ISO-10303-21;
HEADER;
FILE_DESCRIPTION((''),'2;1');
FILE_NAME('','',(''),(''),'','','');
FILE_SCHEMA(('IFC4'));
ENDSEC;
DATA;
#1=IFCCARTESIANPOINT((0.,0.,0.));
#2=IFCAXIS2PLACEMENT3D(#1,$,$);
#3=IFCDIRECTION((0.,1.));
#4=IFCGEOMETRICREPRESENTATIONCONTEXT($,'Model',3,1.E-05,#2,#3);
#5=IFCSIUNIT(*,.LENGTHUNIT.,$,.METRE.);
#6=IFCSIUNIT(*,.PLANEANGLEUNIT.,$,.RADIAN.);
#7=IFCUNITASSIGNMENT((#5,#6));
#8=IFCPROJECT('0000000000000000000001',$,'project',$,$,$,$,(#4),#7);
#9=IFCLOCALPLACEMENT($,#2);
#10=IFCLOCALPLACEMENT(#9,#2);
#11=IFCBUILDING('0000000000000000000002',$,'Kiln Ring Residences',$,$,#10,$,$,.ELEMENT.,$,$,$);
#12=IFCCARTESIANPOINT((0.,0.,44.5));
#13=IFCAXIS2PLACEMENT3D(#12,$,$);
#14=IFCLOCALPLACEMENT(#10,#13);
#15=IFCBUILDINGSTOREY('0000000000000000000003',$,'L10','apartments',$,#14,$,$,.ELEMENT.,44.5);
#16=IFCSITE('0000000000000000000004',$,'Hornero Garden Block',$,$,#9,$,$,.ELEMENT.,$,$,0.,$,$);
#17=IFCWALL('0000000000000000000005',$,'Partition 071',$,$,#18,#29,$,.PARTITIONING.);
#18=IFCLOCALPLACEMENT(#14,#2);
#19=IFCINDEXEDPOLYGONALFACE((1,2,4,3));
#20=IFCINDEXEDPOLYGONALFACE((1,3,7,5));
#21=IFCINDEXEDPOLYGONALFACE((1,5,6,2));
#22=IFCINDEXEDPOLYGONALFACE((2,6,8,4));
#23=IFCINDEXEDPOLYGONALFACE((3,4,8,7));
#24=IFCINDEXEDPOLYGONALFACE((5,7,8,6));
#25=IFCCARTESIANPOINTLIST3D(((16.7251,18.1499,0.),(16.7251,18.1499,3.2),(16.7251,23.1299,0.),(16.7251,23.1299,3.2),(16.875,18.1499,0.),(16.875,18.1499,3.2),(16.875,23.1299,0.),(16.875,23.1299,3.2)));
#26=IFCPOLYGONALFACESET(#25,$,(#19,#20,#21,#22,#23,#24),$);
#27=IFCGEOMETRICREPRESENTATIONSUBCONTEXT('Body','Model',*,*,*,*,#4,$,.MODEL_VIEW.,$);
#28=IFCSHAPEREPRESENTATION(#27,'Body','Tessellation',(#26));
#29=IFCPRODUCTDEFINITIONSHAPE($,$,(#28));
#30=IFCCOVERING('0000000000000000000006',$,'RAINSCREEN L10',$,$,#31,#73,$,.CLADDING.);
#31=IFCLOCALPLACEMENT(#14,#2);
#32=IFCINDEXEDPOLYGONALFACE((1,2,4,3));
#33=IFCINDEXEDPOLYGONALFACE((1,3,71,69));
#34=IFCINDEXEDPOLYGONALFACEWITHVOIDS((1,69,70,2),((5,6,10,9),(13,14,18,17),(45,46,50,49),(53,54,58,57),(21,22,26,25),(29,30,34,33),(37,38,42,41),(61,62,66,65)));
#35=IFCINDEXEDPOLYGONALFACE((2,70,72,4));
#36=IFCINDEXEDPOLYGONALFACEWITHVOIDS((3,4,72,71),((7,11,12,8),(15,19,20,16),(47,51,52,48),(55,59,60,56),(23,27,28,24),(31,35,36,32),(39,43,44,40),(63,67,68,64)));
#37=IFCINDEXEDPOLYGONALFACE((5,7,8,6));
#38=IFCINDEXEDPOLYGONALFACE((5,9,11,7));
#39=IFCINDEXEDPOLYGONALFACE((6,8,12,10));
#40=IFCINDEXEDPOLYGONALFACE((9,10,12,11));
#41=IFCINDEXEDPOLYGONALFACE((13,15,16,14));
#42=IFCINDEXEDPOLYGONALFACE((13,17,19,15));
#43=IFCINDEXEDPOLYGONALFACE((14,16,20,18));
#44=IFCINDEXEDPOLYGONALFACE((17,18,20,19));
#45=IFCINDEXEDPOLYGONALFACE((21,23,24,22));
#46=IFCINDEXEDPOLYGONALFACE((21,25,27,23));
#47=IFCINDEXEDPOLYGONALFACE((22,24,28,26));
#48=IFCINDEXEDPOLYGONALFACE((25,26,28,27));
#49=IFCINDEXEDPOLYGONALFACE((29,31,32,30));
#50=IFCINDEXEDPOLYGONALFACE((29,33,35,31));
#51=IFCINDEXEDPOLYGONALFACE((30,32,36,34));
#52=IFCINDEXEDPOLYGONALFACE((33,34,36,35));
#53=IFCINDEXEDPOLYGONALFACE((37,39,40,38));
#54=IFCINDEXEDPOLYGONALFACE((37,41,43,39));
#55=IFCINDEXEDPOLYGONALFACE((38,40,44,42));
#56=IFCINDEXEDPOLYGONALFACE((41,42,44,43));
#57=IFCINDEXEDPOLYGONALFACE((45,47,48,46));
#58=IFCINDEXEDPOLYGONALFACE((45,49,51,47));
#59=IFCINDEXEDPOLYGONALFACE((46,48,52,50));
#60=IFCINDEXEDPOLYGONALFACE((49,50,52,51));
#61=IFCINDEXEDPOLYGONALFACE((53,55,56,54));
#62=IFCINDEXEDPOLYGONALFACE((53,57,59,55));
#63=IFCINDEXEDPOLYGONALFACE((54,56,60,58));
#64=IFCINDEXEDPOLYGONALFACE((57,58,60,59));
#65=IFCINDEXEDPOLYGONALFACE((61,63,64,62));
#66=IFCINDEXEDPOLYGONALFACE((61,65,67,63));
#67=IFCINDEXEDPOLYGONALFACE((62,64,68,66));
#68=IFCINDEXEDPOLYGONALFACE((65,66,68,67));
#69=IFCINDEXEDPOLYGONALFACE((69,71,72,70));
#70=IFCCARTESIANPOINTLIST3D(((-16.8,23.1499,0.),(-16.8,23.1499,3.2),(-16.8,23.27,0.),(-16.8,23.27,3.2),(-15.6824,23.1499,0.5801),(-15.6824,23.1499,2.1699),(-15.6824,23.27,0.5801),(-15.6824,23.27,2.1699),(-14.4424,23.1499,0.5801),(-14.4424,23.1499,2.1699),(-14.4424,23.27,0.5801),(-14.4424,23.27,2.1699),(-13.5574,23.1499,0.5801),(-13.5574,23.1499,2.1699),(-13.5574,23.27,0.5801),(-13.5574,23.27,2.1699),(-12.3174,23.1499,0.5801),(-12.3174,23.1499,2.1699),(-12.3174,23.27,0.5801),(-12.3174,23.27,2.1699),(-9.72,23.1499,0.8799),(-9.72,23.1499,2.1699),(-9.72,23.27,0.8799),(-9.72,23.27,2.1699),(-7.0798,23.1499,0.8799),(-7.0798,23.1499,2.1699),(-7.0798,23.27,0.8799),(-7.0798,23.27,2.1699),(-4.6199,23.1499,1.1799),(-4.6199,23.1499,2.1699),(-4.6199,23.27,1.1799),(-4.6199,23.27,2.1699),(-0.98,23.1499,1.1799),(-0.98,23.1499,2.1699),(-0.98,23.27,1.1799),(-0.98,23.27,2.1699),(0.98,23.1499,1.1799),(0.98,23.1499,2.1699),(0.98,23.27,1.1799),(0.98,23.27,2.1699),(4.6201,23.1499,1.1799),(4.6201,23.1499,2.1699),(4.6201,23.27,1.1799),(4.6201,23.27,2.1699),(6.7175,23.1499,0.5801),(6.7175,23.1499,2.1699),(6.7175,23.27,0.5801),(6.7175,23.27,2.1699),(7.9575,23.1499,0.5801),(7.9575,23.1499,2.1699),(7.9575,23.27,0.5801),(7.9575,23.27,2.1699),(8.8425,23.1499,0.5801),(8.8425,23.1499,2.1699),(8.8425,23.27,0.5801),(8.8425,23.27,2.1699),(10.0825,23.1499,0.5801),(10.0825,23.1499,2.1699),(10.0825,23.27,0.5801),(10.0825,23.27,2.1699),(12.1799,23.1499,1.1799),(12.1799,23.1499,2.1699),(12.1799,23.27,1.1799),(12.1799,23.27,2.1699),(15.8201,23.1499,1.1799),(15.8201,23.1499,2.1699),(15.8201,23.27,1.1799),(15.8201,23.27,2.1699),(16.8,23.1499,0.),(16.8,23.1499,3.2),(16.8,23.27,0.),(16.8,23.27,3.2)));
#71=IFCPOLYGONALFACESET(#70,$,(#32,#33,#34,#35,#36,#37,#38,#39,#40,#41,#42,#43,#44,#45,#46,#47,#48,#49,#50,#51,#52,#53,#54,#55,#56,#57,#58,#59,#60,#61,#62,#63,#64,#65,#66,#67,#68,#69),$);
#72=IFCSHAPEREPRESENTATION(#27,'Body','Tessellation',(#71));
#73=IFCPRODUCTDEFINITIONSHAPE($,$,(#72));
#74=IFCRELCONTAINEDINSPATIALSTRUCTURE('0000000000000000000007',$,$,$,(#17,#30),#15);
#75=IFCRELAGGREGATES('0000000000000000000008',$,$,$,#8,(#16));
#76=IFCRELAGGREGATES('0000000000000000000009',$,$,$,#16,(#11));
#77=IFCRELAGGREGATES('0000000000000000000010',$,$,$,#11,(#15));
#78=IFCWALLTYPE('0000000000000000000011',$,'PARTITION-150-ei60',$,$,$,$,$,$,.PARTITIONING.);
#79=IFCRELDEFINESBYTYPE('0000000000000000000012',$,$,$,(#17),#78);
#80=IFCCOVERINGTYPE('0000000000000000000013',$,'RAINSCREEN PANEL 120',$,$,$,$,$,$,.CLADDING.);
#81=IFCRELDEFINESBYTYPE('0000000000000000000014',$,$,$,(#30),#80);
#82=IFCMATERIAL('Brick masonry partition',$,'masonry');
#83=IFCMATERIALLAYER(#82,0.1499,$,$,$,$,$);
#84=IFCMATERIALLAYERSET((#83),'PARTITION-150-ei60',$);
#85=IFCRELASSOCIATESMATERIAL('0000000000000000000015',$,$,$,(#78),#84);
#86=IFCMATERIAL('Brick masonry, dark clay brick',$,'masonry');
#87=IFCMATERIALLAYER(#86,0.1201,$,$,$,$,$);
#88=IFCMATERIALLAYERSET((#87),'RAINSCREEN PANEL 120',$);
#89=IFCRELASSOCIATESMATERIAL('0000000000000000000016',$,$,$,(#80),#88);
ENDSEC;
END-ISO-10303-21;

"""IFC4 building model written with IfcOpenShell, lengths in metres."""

from ifc_helpers import new_model, si_unit, direction, frame, frame_2d, origin, place, context, subcontext, project, spatial, polyline, rectangle, outline, extrude, material, layer, layer_set, type_object, element, save


model = new_model("IFC4")

# Units and contexts
model_context = context("Model", 3, precision=1e-05, world=origin(), true_north=direction((0.0, 1.0)))
body_context = subcontext(model_context, "Body", "Model", "MODEL_VIEW")
ifc_project = project(units=[si_unit("LENGTHUNIT", "METRE"), si_unit("PLANEANGLEUNIT", "RADIAN")], contexts=[model_context])

# Site, building, storey
site_placement = place(None, origin())
site = spatial("IfcSite", under=ifc_project, at=site_placement, Name="Hornero Garden Block", CompositionType="ELEMENT", RefElevation=0.0)
building_placement = place(site_placement, origin())
building = spatial("IfcBuilding", under=site, at=building_placement, Name="Kiln Ring Residences", CompositionType="ELEMENT")
storey_placement = place(building_placement, frame((0.0, 0.0, 44.5)))
storey = spatial("IfcBuildingStorey", under=building, at=storey_placement, Name="L10", Description="apartments", CompositionType="ELEMENT", Elevation=44.5)

# Wall
ifc_material_1 = material(Name="Brick masonry partition", Category="masonry")
ifc_layer_1 = layer(ifc_material_1, 0.1499)
ifc_layer_set_1 = layer_set([ifc_layer_1], Name="PARTITION-150-ei60")
wall_type_1 = type_object("IfcWallType", Name="PARTITION-150-ei60", PredefinedType="PARTITIONING", material=ifc_layer_set_1)
wall_1_placement = place(storey_placement, frame((16.8, 18.1499, 0.0), z_axis=(0.0, 0.0, 1.0), x_axis=(0.0, 1.0, 0.0)))
element("IfcWall", 1, at=wall_1_placement, inside=storey, type_object=wall_type_1, Name="Partition 071", PredefinedType="PARTITIONING", context=body_context, shape_type="SweptSolid", body=[
    extrude(rectangle(XDim=4.98, YDim=0.1499, at=frame_2d((2.49, 0.0))), origin(), (0.0, 0.0, 1.0), 3.2),
])

# Covering
ifc_material_2 = material(Name="Brick masonry, dark clay brick", Category="masonry")
ifc_layer_2 = layer(ifc_material_2, 0.1201)
ifc_layer_set_2 = layer_set([ifc_layer_2], Name="RAINSCREEN PANEL 120")
covering_type = type_object("IfcCoveringType", Name="RAINSCREEN PANEL 120", PredefinedType="CLADDING", material=ifc_layer_set_2)
covering_placement = place(storey_placement, frame((16.8, 23.21, 0.0), z_axis=(0.0, 0.0, 1.0), x_axis=(-1.0, 0.0, 0.0)))
element("IfcCovering", 2, at=covering_placement, inside=storey, type_object=covering_type, Name="RAINSCREEN L10", PredefinedType="CLADDING", context=body_context, shape_type="SweptSolid", body=[
    extrude(outline(polyline([(0.0, 0.0), (33.6001, 0.0), (33.6001, 3.2), (0.0, 3.2), (0.0, 0.0)]), holes=[polyline([(6.7175, 0.5801), (7.9575, 0.5801), (7.9575, 2.1699), (6.7175, 2.1699), (6.7175, 0.5801)]), polyline([(8.8425, 0.5801), (10.0825, 0.5801), (10.0825, 2.1699), (8.8425, 2.1699), (8.8425, 0.5801)]), polyline([(29.1174, 0.5801), (30.3574, 0.5801), (30.3574, 2.1699), (29.1174, 2.1699), (29.1174, 0.5801)]), polyline([(31.2424, 0.5801), (32.4824, 0.5801), (32.4824, 2.1699), (31.2424, 2.1699), (31.2424, 0.5801)]), polyline([(23.8799, 0.8799), (26.52, 0.8799), (26.52, 2.1699), (23.8799, 2.1699), (23.8799, 0.8799)]), polyline([(0.98, 1.1799), (4.6201, 1.1799), (4.6201, 2.1699), (0.98, 2.1699), (0.98, 1.1799)]), polyline([(12.1799, 1.1799), (15.8201, 1.1799), (15.8201, 2.1699), (12.1799, 2.1699), (12.1799, 1.1799)]), polyline([(17.78, 1.1799), (21.4199, 1.1799), (21.4199, 2.1699), (17.78, 2.1699), (17.78, 1.1799)])]), frame((0.0, 0.0601, 0.0), z_axis=(0.0, -1.0, 0.0), x_axis=(1.0, 0.0, 0.0)), (0.0, 0.0, 1.0), 0.1201),
])

save(model, "model.ifc")
